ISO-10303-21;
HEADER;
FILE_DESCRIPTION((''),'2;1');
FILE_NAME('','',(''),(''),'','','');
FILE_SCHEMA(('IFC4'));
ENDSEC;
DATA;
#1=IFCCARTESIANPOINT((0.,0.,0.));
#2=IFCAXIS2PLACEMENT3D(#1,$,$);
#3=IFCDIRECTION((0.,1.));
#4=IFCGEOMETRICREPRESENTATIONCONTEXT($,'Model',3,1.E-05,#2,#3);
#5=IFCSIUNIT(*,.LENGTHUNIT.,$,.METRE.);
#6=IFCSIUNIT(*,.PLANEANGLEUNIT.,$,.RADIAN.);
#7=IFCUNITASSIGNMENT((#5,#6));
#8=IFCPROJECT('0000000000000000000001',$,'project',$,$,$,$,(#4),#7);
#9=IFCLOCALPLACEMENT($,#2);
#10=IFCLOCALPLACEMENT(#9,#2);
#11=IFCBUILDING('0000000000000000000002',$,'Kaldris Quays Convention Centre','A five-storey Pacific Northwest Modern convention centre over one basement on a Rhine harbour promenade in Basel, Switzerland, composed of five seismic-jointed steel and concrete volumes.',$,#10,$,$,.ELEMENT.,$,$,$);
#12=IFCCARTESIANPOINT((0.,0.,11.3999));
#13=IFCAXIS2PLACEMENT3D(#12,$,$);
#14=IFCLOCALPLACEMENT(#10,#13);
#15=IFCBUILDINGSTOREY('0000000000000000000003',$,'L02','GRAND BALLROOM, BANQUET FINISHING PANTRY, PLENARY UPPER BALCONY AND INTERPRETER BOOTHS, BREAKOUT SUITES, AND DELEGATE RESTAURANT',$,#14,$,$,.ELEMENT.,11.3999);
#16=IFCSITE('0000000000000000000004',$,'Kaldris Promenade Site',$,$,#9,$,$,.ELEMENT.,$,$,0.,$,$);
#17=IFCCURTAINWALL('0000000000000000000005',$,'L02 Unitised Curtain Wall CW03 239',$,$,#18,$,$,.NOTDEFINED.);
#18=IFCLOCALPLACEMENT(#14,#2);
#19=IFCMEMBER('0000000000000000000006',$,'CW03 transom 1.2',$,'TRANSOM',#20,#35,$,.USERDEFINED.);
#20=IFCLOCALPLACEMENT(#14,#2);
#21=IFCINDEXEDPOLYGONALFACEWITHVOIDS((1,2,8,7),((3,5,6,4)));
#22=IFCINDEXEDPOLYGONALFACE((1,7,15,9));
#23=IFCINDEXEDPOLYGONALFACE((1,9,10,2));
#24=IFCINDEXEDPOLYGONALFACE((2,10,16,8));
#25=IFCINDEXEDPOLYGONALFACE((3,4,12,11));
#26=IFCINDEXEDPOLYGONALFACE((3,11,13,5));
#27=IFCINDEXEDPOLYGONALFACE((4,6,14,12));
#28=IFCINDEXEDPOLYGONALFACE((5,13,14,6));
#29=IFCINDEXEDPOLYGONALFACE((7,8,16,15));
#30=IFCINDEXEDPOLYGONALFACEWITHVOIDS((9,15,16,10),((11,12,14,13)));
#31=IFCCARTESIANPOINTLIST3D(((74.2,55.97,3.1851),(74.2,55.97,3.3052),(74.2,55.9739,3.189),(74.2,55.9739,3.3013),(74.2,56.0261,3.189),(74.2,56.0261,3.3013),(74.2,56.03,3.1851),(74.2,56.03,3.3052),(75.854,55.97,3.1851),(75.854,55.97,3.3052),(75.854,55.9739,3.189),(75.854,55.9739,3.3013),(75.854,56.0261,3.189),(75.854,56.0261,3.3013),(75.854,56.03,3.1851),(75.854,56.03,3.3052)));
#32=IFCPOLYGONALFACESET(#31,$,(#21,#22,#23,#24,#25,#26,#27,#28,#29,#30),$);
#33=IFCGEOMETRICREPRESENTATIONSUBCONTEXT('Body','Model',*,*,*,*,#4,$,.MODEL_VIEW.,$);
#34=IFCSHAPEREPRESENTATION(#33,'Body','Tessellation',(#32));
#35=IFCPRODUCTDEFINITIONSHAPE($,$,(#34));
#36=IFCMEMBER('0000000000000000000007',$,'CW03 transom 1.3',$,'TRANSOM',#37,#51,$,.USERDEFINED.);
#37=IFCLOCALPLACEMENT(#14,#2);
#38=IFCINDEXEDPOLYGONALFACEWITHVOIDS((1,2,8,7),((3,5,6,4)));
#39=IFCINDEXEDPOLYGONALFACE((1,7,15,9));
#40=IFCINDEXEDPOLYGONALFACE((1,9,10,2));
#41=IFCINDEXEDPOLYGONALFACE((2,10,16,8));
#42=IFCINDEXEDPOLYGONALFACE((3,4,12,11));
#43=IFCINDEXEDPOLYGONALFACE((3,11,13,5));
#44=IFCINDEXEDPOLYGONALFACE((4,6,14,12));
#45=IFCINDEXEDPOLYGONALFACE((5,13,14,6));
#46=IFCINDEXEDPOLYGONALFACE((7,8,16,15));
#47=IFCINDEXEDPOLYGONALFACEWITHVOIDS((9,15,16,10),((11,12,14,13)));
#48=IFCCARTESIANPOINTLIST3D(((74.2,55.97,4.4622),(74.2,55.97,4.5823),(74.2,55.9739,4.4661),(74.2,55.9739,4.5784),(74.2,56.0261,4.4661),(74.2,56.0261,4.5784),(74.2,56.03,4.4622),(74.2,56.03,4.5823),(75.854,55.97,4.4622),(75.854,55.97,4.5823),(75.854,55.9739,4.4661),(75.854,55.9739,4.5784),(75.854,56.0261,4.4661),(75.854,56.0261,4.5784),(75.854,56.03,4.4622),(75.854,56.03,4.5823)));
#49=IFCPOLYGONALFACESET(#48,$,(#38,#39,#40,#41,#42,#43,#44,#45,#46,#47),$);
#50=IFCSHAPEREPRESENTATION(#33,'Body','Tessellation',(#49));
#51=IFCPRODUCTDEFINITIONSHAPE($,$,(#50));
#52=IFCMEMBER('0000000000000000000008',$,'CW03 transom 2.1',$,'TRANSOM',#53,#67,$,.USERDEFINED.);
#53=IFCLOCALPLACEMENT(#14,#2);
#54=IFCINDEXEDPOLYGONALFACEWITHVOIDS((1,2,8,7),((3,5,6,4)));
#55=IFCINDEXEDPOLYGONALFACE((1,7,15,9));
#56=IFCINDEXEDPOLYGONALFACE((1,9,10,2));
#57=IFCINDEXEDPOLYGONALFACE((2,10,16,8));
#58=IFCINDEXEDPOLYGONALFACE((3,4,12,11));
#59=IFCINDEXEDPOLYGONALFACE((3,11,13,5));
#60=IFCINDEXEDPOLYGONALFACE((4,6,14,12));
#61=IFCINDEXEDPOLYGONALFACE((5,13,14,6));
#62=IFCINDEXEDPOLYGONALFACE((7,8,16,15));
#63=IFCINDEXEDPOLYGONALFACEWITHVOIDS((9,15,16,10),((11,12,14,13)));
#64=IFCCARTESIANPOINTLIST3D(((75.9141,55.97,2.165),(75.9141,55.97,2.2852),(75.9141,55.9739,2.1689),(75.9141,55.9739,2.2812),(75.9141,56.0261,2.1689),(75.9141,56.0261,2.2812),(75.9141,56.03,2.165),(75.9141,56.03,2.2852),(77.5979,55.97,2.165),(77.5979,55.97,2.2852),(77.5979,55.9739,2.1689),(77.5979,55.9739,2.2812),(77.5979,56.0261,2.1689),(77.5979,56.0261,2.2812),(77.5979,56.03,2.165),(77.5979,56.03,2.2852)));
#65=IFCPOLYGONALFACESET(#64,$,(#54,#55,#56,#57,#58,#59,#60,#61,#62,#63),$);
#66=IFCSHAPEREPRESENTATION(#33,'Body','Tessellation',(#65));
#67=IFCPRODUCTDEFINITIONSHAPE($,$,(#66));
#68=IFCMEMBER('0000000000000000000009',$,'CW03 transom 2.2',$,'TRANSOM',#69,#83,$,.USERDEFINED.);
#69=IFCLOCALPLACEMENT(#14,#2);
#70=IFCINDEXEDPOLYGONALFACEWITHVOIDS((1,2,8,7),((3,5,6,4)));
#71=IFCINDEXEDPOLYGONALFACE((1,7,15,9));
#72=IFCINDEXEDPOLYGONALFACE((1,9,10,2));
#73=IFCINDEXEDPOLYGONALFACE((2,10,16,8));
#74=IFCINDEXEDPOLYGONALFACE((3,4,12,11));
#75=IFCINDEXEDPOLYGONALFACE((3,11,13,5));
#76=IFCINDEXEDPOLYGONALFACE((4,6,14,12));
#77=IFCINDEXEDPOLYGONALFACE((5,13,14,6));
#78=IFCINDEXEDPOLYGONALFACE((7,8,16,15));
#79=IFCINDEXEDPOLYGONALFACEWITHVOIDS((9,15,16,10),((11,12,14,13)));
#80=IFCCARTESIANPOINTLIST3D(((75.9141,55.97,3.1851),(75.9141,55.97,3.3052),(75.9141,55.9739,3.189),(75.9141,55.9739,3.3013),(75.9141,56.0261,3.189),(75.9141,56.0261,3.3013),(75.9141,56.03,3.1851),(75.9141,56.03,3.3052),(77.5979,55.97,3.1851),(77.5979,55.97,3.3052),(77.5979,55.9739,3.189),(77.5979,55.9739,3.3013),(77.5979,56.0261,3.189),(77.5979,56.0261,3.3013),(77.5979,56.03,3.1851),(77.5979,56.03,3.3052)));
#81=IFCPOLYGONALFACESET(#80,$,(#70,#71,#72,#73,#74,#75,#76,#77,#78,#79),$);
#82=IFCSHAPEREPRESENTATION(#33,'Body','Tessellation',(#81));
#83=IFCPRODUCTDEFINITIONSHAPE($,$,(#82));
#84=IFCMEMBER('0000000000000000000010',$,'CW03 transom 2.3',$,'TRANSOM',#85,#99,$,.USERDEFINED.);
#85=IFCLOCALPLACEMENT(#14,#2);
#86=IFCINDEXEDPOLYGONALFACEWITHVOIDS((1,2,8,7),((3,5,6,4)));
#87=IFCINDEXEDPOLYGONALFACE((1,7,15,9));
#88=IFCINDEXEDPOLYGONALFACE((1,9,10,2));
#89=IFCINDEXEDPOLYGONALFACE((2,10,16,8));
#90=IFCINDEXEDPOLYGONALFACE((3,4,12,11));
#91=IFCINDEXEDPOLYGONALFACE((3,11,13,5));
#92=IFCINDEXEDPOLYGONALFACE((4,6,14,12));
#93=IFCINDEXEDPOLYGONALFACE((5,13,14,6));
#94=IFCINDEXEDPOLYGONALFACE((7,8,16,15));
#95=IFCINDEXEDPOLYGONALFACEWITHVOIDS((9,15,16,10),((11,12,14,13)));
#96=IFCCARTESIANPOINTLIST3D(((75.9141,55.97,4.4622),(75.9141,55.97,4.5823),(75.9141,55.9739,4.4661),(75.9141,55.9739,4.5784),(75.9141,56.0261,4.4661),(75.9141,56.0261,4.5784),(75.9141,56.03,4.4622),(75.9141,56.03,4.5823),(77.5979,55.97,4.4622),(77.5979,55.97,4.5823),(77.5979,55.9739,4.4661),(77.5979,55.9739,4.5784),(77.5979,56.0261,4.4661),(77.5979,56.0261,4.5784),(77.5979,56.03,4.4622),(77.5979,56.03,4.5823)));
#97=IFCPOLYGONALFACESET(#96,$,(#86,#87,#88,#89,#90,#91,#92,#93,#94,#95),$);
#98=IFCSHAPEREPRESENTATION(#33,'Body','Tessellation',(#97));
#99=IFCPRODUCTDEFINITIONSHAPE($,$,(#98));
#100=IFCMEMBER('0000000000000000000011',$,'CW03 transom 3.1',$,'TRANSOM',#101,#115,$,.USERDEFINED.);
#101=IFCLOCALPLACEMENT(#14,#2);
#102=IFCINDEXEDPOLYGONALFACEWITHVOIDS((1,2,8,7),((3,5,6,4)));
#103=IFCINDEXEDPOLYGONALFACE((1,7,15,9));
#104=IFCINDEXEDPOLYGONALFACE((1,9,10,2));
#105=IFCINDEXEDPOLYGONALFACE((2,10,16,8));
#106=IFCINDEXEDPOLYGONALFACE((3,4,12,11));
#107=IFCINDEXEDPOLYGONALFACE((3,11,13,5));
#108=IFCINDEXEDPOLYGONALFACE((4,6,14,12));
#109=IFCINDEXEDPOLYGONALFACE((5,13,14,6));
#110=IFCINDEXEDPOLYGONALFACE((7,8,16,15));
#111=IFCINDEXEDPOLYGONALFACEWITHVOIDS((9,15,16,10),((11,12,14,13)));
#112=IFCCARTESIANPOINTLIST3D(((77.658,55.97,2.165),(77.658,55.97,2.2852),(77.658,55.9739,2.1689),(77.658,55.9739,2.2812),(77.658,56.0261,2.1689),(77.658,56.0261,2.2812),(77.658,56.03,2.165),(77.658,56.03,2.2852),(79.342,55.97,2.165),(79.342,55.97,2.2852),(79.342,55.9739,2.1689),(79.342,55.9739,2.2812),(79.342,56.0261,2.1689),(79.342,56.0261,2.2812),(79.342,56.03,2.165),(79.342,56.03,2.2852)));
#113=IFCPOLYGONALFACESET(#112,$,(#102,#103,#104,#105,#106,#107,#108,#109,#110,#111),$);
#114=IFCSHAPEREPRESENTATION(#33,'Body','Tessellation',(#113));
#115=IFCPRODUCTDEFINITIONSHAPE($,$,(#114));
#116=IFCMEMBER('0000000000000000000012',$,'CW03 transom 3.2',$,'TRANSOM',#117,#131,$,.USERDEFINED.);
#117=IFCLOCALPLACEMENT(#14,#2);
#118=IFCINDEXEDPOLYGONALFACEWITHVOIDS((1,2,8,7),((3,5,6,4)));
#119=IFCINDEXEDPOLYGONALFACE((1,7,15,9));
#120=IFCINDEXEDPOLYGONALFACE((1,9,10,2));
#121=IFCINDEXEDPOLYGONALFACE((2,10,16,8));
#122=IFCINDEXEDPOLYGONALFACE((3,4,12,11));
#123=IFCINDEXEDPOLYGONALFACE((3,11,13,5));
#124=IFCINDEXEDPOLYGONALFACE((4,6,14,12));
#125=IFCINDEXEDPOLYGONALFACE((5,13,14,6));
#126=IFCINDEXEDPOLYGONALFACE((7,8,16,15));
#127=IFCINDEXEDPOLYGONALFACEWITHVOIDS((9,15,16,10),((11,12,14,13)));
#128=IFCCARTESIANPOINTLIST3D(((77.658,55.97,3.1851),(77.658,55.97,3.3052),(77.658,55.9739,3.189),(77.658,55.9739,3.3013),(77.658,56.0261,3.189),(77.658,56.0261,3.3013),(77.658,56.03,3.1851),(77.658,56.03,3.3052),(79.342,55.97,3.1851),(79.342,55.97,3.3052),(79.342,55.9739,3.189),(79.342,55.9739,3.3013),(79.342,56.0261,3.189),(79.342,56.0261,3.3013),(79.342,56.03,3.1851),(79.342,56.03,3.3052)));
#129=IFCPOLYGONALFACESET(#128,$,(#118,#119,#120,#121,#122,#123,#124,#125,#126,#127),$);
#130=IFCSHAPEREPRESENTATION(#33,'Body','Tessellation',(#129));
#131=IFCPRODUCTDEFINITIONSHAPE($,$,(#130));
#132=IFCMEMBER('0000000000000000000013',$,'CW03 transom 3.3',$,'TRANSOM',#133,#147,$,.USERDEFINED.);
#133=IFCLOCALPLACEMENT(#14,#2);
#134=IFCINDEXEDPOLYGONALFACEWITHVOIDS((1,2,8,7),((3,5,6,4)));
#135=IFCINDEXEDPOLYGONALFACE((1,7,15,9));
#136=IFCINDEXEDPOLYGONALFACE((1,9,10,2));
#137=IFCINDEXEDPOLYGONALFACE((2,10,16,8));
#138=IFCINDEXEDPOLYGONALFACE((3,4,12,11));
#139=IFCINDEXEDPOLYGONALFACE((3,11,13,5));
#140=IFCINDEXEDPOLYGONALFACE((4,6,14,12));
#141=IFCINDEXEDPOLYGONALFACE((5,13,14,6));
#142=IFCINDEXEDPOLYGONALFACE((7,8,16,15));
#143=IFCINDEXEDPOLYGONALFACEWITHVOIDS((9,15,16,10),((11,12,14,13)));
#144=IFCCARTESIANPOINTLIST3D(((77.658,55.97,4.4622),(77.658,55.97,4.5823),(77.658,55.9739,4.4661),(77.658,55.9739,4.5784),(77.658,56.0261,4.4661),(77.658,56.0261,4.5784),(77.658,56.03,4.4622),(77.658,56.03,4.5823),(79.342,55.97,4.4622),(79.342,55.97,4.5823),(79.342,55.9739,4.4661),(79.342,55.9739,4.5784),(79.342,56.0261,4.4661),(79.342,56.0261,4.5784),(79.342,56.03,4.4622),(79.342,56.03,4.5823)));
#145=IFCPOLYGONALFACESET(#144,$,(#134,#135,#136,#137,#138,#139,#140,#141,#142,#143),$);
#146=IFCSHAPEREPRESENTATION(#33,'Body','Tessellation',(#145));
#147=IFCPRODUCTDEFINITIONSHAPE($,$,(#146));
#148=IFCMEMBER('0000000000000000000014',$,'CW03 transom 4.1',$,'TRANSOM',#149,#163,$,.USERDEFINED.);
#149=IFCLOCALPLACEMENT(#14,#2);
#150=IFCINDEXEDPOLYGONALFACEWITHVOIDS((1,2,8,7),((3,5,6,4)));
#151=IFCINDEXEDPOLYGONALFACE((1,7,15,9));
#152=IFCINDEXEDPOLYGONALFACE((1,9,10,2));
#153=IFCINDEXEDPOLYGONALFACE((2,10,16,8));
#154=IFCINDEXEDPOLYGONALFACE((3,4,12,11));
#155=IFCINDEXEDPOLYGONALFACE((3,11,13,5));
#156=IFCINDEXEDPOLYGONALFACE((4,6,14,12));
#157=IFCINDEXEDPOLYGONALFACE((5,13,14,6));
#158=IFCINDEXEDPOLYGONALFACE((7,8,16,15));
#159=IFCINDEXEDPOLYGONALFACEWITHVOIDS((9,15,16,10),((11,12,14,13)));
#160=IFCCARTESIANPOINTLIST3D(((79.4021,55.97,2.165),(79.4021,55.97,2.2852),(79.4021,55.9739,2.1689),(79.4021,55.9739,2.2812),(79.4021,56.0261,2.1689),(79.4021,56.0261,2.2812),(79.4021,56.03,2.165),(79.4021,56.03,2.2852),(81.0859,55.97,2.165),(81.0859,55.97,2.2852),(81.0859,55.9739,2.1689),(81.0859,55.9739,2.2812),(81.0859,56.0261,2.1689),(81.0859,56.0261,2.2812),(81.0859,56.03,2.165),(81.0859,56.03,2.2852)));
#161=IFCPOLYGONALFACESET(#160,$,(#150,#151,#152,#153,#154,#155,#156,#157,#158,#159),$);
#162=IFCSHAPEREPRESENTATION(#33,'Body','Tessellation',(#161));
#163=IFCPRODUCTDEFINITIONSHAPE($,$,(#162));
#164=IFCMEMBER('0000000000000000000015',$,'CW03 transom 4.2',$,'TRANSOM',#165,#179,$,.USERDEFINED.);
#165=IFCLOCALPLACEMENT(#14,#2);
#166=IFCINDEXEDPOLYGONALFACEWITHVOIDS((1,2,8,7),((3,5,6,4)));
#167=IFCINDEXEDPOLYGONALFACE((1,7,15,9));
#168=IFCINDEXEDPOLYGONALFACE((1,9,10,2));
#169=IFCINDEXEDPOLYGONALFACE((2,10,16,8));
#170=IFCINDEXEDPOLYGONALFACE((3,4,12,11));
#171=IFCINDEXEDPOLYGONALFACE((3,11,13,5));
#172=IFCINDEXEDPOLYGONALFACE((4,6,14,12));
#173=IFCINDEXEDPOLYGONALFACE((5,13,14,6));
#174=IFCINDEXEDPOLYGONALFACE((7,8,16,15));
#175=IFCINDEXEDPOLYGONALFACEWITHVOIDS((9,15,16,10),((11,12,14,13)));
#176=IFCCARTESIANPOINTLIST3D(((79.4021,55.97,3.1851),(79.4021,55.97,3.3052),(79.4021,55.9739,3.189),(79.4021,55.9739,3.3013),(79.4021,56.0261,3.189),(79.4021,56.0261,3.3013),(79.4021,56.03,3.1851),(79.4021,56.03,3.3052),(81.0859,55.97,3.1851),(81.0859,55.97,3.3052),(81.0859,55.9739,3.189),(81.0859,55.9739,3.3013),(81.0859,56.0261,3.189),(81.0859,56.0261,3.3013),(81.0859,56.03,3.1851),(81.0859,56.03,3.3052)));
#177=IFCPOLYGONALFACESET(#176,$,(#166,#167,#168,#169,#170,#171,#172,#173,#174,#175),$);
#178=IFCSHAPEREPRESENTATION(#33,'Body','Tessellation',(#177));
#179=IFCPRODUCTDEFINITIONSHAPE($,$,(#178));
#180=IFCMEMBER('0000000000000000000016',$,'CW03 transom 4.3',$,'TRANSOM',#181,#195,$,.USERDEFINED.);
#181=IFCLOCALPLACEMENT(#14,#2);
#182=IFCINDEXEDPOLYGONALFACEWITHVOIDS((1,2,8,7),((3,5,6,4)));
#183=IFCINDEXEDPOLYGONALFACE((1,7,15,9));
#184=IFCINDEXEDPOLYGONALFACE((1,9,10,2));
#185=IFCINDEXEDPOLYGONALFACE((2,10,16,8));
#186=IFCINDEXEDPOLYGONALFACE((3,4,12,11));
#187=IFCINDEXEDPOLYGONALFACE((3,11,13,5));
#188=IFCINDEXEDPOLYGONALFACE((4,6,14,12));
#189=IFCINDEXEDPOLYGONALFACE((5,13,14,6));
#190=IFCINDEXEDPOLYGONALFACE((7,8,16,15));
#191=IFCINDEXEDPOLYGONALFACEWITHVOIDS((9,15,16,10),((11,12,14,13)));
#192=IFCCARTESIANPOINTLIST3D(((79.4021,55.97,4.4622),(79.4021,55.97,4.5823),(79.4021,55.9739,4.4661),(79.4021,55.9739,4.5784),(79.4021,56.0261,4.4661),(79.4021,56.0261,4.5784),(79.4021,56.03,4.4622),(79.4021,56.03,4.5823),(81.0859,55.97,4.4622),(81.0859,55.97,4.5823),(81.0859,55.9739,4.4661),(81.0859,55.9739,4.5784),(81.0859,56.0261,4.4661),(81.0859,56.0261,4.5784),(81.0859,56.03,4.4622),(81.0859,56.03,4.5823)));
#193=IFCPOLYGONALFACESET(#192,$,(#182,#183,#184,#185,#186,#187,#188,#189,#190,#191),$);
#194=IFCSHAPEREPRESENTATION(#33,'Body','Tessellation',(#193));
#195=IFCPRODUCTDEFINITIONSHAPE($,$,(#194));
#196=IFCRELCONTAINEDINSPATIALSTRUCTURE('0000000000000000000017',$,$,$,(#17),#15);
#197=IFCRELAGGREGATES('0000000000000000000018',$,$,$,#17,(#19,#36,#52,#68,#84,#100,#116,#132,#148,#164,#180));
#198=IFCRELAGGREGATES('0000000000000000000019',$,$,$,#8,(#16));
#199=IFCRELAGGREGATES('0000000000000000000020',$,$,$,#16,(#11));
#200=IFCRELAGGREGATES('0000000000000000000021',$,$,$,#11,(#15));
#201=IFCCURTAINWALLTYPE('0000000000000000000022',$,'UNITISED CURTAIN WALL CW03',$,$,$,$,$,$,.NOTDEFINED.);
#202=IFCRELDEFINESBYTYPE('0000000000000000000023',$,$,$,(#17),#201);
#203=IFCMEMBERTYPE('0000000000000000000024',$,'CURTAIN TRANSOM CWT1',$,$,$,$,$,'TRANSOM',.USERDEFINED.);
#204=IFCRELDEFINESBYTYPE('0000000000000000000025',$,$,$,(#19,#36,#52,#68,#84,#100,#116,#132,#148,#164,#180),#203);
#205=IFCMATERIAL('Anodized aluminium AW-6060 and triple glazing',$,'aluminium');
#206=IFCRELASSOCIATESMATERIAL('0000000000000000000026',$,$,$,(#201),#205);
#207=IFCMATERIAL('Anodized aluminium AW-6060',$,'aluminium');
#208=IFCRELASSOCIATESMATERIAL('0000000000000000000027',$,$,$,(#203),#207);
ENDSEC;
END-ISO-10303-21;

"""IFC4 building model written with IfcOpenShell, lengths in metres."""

from ifc_helpers import new_model, si_unit, direction, frame, origin, origin_2d, place, context, subcontext, project, spatial, hollow_rectangle, extrude, material, material_profile, profile_set, type_object, element, aggregate, save


model = new_model("IFC4")

# Units and contexts
model_context = context("Model", 3, precision=1e-05, world=origin(), true_north=direction((0.0, 1.0)))
body_context = subcontext(model_context, "Body", "Model", "MODEL_VIEW")
ifc_project = project(units=[si_unit("LENGTHUNIT", "METRE"), si_unit("PLANEANGLEUNIT", "RADIAN")], contexts=[model_context])

# Site, building, storey
site_placement = place(None, origin())
site = spatial("IfcSite", under=ifc_project, at=site_placement, Name="Kaldris Promenade Site", CompositionType="ELEMENT", RefElevation=0.0)
building_placement = place(site_placement, origin())
building = spatial("IfcBuilding", under=site, at=building_placement, Name="Kaldris Quays Convention Centre", Description="A five-storey Pacific Northwest Modern convention centre over one basement on a Rhine harbour promenade in Basel, Switzerland, composed of five seismic-jointed steel and concrete volumes.", CompositionType="ELEMENT")
storey_placement = place(building_placement, frame((0.0, 0.0, 11.3999)))
storey = spatial("IfcBuildingStorey", under=building, at=storey_placement, Name="L02", Description="GRAND BALLROOM, BANQUET FINISHING PANTRY, PLENARY UPPER BALCONY AND INTERPRETER BOOTHS, BREAKOUT SUITES, AND DELEGATE RESTAURANT", CompositionType="ELEMENT", Elevation=11.3999)

# Curtain wall
ifc_material_1 = material(Name="Anodized aluminium AW-6060 and triple glazing", Category="aluminium")
curtain_wall_type = type_object("IfcCurtainWallType", Name="UNITISED CURTAIN WALL CW03", PredefinedType="NOTDEFINED", material=ifc_material_1)
curtain_wall_1_placement = place(storey_placement, origin())
curtain_wall_1 = element("IfcCurtainWall", 1, at=curtain_wall_1_placement, inside=storey, type_object=curtain_wall_type, Name="L02 Unitised Curtain Wall CW03 239", PredefinedType="NOTDEFINED")
ifc_material_2 = material(Name="Anodized aluminium AW-6060", Category="aluminium")

# Members
ifc_material_profile_1 = material_profile(ifc_material_2, hollow_rectangle(XDim=0.0601, YDim=0.1201, WallThickness=0.0039, at=origin_2d()), Name="RHS 120x60x4")
ifc_profile_set_1 = profile_set([ifc_material_profile_1], Name="Anodized aluminium AW-6060")
member_type_1 = type_object("IfcMemberType", Name="CURTAIN TRANSOM CWT1", ElementType="TRANSOM", PredefinedType="USERDEFINED", material=ifc_profile_set_1)
member_1_placement = place(storey_placement, frame((74.2, 56.0, 3.2451), z_axis=(1.0, 0.0, 0.0), x_axis=(0.0, 1.0, 0.0)))
member_1 = element("IfcMember", 2, at=member_1_placement, type_object=member_type_1, Name="CW03 transom 1.2", ObjectType="TRANSOM", PredefinedType="USERDEFINED", context=body_context, shape_type="SweptSolid", body=[
    extrude(hollow_rectangle(XDim=0.0601, YDim=0.1201, WallThickness=0.0039, at=origin_2d()), origin(), (0.0, 0.0, 1.0), 1.6541),
])
member_2_placement = place(storey_placement, frame((74.2, 56.0, 4.5222), z_axis=(1.0, 0.0, 0.0), x_axis=(0.0, 1.0, 0.0)))
member_2 = element("IfcMember", 3, at=member_2_placement, type_object=member_type_1, Name="CW03 transom 1.3", ObjectType="TRANSOM", PredefinedType="USERDEFINED", context=body_context, shape_type="SweptSolid", body=[
    extrude(hollow_rectangle(XDim=0.0601, YDim=0.1201, WallThickness=0.0039, at=origin_2d()), origin(), (0.0, 0.0, 1.0), 1.6541),
])
member_3_placement = place(storey_placement, frame((75.9141, 56.0, 2.2251), z_axis=(1.0, 0.0, 0.0), x_axis=(0.0, 1.0, 0.0)))
member_3 = element("IfcMember", 4, at=member_3_placement, type_object=member_type_1, Name="CW03 transom 2.1", ObjectType="TRANSOM", PredefinedType="USERDEFINED", context=body_context, shape_type="SweptSolid", body=[
    extrude(hollow_rectangle(XDim=0.0601, YDim=0.1201, WallThickness=0.0039, at=origin_2d()), origin(), (0.0, 0.0, 1.0), 1.6838),
])
member_4_placement = place(storey_placement, frame((75.9141, 56.0, 3.2451), z_axis=(1.0, 0.0, 0.0), x_axis=(0.0, 1.0, 0.0)))
member_4 = element("IfcMember", 5, at=member_4_placement, type_object=member_type_1, Name="CW03 transom 2.2", ObjectType="TRANSOM", PredefinedType="USERDEFINED", context=body_context, shape_type="SweptSolid", body=[
    extrude(hollow_rectangle(XDim=0.0601, YDim=0.1201, WallThickness=0.0039, at=origin_2d()), origin(), (0.0, 0.0, 1.0), 1.6838),
])
member_5_placement = place(storey_placement, frame((75.9141, 56.0, 4.5222), z_axis=(1.0, 0.0, 0.0), x_axis=(0.0, 1.0, 0.0)))
member_5 = element("IfcMember", 6, at=member_5_placement, type_object=member_type_1, Name="CW03 transom 2.3", ObjectType="TRANSOM", PredefinedType="USERDEFINED", context=body_context, shape_type="SweptSolid", body=[
    extrude(hollow_rectangle(XDim=0.0601, YDim=0.1201, WallThickness=0.0039, at=origin_2d()), origin(), (0.0, 0.0, 1.0), 1.6838),
])
member_6_placement = place(storey_placement, frame((77.658, 56.0, 2.2251), z_axis=(1.0, 0.0, 0.0), x_axis=(0.0, 1.0, 0.0)))
member_6 = element("IfcMember", 7, at=member_6_placement, type_object=member_type_1, Name="CW03 transom 3.1", ObjectType="TRANSOM", PredefinedType="USERDEFINED", context=body_context, shape_type="SweptSolid", body=[
    extrude(hollow_rectangle(XDim=0.0601, YDim=0.1201, WallThickness=0.0039, at=origin_2d()), origin(), (0.0, 0.0, 1.0), 1.6841),
])
member_7_placement = place(storey_placement, frame((77.658, 56.0, 3.2451), z_axis=(1.0, 0.0, 0.0), x_axis=(0.0, 1.0, 0.0)))
member_7 = element("IfcMember", 8, at=member_7_placement, type_object=member_type_1, Name="CW03 transom 3.2", ObjectType="TRANSOM", PredefinedType="USERDEFINED", context=body_context, shape_type="SweptSolid", body=[
    extrude(hollow_rectangle(XDim=0.0601, YDim=0.1201, WallThickness=0.0039, at=origin_2d()), origin(), (0.0, 0.0, 1.0), 1.6841),
])
member_8_placement = place(storey_placement, frame((77.658, 56.0, 4.5222), z_axis=(1.0, 0.0, 0.0), x_axis=(0.0, 1.0, 0.0)))
member_8 = element("IfcMember", 9, at=member_8_placement, type_object=member_type_1, Name="CW03 transom 3.3", ObjectType="TRANSOM", PredefinedType="USERDEFINED", context=body_context, shape_type="SweptSolid", body=[
    extrude(hollow_rectangle(XDim=0.0601, YDim=0.1201, WallThickness=0.0039, at=origin_2d()), origin(), (0.0, 0.0, 1.0), 1.6841),
])
member_9_placement = place(storey_placement, frame((79.4021, 56.0, 2.2251), z_axis=(1.0, 0.0, 0.0), x_axis=(0.0, 1.0, 0.0)))
member_9 = element("IfcMember", 10, at=member_9_placement, type_object=member_type_1, Name="CW03 transom 4.1", ObjectType="TRANSOM", PredefinedType="USERDEFINED", context=body_context, shape_type="SweptSolid", body=[
    extrude(hollow_rectangle(XDim=0.0601, YDim=0.1201, WallThickness=0.0039, at=origin_2d()), origin(), (0.0, 0.0, 1.0), 1.6838),
])
member_10_placement = place(storey_placement, frame((79.4021, 56.0, 3.2451), z_axis=(1.0, 0.0, 0.0), x_axis=(0.0, 1.0, 0.0)))
member_10 = element("IfcMember", 11, at=member_10_placement, type_object=member_type_1, Name="CW03 transom 4.2", ObjectType="TRANSOM", PredefinedType="USERDEFINED", context=body_context, shape_type="SweptSolid", body=[
    extrude(hollow_rectangle(XDim=0.0601, YDim=0.1201, WallThickness=0.0039, at=origin_2d()), origin(), (0.0, 0.0, 1.0), 1.6838),
])
member_11_placement = place(storey_placement, frame((79.4021, 56.0, 4.5222), z_axis=(1.0, 0.0, 0.0), x_axis=(0.0, 1.0, 0.0)))
member_11 = element("IfcMember", 12, at=member_11_placement, type_object=member_type_1, Name="CW03 transom 4.3", ObjectType="TRANSOM", PredefinedType="USERDEFINED", context=body_context, shape_type="SweptSolid", body=[
    extrude(hollow_rectangle(XDim=0.0601, YDim=0.1201, WallThickness=0.0039, at=origin_2d()), origin(), (0.0, 0.0, 1.0), 1.6838),
])

aggregate(curtain_wall_1, [member_1, member_2, member_3, member_4, member_5, member_6, member_7, member_8, member_9, member_10, member_11])

save(model, "model.ifc")
